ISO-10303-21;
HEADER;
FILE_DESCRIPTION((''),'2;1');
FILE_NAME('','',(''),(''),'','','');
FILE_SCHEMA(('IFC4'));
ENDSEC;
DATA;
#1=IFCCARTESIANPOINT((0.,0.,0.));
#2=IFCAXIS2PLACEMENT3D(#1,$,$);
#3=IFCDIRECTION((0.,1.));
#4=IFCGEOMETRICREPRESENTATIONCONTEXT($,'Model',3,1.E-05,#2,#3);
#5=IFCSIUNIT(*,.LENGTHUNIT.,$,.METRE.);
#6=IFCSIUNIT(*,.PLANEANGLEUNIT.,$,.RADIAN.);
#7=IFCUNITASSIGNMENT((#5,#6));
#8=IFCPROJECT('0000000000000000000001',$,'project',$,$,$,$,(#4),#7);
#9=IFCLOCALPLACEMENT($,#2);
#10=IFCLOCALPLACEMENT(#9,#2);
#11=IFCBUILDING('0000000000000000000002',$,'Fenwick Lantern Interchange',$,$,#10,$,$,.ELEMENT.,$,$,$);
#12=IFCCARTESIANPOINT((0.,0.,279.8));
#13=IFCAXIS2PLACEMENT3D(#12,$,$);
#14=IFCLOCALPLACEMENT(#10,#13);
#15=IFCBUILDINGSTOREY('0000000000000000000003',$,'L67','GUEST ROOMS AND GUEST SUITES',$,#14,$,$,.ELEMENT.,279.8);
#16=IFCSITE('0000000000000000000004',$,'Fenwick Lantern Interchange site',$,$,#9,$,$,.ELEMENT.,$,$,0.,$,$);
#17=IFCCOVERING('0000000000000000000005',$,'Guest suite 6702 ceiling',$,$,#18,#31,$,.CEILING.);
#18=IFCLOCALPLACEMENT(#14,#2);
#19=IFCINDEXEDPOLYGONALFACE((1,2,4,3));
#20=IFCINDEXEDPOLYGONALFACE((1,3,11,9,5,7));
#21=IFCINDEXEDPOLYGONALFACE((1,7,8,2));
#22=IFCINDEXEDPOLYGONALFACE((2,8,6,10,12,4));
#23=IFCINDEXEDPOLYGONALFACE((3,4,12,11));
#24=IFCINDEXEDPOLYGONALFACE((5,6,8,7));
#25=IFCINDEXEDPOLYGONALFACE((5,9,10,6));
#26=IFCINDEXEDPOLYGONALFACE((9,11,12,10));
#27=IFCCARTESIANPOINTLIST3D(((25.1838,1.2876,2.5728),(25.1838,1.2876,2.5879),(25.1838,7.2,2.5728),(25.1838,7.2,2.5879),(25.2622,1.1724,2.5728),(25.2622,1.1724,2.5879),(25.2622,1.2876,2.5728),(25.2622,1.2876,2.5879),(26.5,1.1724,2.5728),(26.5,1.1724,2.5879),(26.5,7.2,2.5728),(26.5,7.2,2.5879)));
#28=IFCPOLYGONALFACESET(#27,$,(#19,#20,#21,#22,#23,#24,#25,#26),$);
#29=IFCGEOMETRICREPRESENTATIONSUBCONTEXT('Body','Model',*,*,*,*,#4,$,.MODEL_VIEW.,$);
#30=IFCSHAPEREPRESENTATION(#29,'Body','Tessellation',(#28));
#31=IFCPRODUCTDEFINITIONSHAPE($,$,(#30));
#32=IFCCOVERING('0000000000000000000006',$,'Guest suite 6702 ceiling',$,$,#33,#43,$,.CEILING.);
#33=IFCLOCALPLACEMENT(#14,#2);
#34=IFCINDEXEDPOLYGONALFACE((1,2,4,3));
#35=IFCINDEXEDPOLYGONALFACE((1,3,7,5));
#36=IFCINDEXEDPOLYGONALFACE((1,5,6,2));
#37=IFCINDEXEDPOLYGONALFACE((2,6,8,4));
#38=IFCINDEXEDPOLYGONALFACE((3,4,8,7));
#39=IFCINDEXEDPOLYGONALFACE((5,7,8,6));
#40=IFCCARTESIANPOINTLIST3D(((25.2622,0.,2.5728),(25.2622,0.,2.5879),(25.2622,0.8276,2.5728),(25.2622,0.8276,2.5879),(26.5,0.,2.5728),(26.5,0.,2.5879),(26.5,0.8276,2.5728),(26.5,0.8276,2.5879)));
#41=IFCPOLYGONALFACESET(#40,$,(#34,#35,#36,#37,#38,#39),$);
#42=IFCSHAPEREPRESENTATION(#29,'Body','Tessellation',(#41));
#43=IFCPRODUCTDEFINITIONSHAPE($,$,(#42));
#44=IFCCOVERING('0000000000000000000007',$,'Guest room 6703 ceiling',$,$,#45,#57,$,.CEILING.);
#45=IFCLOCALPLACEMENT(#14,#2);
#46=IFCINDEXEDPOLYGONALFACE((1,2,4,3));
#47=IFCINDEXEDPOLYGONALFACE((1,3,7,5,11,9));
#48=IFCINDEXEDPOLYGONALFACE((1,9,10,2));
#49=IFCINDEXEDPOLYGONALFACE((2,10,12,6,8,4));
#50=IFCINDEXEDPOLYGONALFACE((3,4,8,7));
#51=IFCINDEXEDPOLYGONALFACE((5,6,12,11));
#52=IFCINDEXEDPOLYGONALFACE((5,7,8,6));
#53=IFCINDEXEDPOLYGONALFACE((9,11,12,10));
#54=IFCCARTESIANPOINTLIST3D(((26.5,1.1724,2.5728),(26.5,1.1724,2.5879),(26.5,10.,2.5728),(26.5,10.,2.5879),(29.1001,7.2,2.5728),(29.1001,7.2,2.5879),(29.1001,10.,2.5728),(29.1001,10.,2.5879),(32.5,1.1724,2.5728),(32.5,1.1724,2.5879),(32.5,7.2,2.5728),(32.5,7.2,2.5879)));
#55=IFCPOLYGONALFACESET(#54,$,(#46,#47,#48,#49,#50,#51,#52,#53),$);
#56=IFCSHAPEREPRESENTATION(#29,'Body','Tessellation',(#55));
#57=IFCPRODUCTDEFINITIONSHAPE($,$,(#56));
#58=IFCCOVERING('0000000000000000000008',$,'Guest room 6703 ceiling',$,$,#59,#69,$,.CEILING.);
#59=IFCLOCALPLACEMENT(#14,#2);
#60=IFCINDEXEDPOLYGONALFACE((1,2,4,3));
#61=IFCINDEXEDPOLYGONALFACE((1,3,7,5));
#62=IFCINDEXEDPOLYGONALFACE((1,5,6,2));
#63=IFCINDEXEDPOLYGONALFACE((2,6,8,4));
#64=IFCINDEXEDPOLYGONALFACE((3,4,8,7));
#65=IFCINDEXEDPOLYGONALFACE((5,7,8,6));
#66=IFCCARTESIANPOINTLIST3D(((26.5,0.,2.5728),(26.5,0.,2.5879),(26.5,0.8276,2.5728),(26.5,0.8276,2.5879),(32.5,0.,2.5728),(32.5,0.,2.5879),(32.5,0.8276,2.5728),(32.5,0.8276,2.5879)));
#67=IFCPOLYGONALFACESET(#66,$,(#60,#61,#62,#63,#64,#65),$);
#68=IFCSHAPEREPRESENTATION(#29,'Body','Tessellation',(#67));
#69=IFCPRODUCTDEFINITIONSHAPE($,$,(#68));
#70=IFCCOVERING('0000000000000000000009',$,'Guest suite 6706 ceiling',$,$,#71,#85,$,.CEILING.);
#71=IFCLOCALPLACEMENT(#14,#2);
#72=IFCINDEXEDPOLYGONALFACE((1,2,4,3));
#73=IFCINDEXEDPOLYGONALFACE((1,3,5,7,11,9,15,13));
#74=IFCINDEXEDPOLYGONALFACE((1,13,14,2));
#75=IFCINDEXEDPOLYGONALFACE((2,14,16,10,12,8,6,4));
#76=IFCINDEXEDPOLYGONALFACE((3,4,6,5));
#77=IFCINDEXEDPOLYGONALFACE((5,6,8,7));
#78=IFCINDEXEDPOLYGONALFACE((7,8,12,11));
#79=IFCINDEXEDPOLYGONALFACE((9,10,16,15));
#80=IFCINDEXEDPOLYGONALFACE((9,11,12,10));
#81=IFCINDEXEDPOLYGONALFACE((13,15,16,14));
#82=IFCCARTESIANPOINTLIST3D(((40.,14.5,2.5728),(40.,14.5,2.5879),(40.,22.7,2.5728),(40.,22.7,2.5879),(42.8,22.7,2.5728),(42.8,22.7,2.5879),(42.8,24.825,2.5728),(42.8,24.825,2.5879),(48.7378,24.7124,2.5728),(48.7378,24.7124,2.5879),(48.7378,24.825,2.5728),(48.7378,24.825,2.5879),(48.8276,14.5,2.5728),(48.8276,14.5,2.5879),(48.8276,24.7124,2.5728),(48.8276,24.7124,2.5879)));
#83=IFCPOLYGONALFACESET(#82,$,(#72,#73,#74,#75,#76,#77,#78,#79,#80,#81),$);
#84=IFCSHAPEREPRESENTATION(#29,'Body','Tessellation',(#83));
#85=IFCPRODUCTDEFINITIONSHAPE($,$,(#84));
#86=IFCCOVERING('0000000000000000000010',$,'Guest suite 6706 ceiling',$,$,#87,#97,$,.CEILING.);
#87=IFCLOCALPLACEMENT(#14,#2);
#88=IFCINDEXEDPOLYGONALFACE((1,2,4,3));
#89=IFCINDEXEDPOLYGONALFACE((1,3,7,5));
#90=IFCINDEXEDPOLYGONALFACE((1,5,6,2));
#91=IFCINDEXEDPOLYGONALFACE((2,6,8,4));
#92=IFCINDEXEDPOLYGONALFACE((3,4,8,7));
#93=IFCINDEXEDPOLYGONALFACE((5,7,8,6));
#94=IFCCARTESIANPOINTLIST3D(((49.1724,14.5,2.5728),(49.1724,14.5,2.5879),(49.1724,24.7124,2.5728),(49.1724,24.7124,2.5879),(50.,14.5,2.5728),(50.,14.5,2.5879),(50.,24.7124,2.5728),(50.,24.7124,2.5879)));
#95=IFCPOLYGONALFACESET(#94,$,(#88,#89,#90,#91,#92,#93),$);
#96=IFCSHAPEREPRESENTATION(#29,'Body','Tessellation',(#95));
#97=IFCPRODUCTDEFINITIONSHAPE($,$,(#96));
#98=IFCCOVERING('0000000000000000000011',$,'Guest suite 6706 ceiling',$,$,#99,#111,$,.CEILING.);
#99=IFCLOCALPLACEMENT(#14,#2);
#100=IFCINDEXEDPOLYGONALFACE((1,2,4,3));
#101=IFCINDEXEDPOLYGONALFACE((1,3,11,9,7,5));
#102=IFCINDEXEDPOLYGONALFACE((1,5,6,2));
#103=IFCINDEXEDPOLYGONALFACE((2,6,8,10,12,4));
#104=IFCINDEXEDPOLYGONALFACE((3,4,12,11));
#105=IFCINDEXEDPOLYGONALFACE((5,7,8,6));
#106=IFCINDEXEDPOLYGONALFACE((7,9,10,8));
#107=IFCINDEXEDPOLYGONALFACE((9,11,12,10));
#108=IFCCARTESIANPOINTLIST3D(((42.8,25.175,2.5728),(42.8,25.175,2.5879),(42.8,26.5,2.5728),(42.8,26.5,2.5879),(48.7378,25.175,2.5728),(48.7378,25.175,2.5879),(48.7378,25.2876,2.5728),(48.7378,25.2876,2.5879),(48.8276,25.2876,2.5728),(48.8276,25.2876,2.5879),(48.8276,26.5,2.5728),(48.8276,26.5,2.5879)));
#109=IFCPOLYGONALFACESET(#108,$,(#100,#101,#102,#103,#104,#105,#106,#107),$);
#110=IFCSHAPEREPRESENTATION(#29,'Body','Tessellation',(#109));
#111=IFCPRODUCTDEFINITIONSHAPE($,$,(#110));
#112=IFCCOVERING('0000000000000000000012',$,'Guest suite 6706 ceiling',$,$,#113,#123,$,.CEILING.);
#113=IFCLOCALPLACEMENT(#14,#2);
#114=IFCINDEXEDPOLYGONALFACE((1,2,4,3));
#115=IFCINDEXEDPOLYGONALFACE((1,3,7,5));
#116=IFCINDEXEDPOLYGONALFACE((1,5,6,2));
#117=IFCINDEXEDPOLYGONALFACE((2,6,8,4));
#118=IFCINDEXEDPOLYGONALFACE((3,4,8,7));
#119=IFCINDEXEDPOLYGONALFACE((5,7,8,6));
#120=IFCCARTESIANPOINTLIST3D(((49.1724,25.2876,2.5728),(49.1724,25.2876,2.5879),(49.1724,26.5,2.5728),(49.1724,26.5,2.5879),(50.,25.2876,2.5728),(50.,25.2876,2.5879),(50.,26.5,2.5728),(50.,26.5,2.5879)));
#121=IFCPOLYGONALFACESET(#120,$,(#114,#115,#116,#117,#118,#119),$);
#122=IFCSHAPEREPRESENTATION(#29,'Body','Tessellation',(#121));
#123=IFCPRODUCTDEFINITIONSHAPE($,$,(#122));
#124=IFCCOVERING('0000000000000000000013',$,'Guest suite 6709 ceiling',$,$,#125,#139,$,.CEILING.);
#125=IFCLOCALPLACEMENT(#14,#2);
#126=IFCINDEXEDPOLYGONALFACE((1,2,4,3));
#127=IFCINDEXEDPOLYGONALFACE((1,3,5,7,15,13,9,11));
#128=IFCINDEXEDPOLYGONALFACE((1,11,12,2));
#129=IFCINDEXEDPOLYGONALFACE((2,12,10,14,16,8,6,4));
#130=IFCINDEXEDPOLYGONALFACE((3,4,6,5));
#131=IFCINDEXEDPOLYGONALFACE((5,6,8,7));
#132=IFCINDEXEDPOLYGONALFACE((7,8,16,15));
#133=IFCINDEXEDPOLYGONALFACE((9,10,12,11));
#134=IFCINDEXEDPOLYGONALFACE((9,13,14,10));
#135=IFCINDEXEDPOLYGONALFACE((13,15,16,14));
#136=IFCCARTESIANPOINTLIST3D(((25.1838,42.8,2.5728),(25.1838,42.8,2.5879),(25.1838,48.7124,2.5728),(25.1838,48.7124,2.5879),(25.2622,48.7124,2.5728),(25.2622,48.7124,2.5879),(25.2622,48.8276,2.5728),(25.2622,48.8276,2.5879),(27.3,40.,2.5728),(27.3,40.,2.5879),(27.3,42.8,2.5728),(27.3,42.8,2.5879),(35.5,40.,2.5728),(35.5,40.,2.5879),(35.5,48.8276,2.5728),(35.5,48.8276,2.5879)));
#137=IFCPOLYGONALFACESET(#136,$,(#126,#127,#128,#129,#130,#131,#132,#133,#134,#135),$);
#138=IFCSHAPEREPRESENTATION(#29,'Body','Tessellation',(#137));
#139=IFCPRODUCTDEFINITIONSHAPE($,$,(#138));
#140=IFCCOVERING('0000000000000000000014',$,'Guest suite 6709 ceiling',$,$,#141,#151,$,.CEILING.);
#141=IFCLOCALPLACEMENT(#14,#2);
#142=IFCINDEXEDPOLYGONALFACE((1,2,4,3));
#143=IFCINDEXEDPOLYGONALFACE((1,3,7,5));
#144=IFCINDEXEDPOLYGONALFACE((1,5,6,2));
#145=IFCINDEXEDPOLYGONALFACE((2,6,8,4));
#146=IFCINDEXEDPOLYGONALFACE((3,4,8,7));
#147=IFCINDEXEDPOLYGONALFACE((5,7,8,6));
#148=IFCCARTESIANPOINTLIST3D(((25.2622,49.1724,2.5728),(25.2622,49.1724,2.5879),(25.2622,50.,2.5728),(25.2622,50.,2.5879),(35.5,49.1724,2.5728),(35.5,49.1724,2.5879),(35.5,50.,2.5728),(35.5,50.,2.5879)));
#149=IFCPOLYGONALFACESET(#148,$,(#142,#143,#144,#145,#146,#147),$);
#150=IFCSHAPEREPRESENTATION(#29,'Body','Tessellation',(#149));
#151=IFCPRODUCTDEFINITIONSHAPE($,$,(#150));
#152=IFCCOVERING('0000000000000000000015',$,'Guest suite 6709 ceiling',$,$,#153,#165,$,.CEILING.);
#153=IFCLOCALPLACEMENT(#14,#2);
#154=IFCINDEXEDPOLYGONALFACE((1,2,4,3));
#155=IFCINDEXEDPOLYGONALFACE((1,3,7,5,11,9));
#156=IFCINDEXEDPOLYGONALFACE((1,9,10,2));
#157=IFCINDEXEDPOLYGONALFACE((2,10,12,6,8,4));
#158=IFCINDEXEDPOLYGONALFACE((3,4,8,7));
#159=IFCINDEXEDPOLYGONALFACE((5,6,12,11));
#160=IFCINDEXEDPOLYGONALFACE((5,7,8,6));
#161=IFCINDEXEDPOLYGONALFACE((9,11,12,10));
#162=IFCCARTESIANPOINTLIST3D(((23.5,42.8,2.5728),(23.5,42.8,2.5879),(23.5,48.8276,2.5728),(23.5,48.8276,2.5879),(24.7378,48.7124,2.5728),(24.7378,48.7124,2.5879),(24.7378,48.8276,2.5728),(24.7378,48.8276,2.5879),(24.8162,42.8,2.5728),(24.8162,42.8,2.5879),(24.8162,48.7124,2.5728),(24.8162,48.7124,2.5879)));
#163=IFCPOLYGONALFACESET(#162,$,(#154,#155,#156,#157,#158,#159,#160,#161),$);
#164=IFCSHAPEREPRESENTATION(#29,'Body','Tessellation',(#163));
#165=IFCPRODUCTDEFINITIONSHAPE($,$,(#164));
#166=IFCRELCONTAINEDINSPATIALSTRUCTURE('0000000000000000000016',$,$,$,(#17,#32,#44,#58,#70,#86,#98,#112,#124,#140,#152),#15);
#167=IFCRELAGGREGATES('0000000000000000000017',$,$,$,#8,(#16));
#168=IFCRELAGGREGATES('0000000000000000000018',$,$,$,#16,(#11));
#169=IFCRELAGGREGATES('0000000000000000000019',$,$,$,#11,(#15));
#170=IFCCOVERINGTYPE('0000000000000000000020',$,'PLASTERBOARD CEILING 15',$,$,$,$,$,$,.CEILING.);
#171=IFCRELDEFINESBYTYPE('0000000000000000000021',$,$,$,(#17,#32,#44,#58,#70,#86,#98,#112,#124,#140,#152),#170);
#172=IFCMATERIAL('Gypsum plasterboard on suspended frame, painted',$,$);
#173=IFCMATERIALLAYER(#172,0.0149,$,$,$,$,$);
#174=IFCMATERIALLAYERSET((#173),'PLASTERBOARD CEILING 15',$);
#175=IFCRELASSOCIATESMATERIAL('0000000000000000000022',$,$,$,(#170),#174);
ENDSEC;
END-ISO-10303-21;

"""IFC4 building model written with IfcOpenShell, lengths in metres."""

from ifc_helpers import new_model, si_unit, direction, frame, origin, place, context, subcontext, project, spatial, polyline, outline, extrude, material, layer, layer_set, type_object, element, save


model = new_model("IFC4")

# Units and contexts
model_context = context("Model", 3, precision=1e-05, world=origin(), true_north=direction((0.0, 1.0)))
body_context = subcontext(model_context, "Body", "Model", "MODEL_VIEW")
ifc_project = project(units=[si_unit("LENGTHUNIT", "METRE"), si_unit("PLANEANGLEUNIT", "RADIAN")], contexts=[model_context])

# Site, building, storey
site_placement = place(None, origin())
site = spatial("IfcSite", under=ifc_project, at=site_placement, Name="Fenwick Lantern Interchange site", CompositionType="ELEMENT", RefElevation=0.0)
building_placement = place(site_placement, origin())
building = spatial("IfcBuilding", under=site, at=building_placement, Name="Fenwick Lantern Interchange", CompositionType="ELEMENT")
storey_placement = place(building_placement, frame((0.0, 0.0, 279.8)))
storey = spatial("IfcBuildingStorey", under=building, at=storey_placement, Name="L67", Description="GUEST ROOMS AND GUEST SUITES", CompositionType="ELEMENT", Elevation=279.8)

# Coverings
ifc_material_1 = material(Name="Gypsum plasterboard on suspended frame, painted")
ifc_layer_1 = layer(ifc_material_1, 0.0149)
ifc_layer_set_1 = layer_set([ifc_layer_1], Name="PLASTERBOARD CEILING 15")
covering_type_1 = type_object("IfcCoveringType", Name="PLASTERBOARD CEILING 15", PredefinedType="CEILING", material=ifc_layer_set_1)
covering_1_placement = place(storey_placement, frame((0.0, 0.0, 2.5728)))
element("IfcCovering", 1, at=covering_1_placement, inside=storey, type_object=covering_type_1, Name="Guest suite 6702 ceiling", PredefinedType="CEILING", context=body_context, shape_type="SweptSolid", body=[
    extrude(outline(polyline([(25.2622, 1.2876), (25.2622, 1.1724), (26.5, 1.1724), (26.5, 7.2), (25.1838, 7.2), (25.1838, 1.2876), (25.2622, 1.2876)])), origin(), (0.0, 0.0, 1.0), 0.0151),
])
covering_2_placement = place(storey_placement, frame((0.0, 0.0, 2.5728)))
element("IfcCovering", 2, at=covering_2_placement, inside=storey, type_object=covering_type_1, Name="Guest suite 6702 ceiling", PredefinedType="CEILING", context=body_context, shape_type="SweptSolid", body=[
    extrude(outline(polyline([(25.2622, 0.8276), (25.2622, 0.0), (26.5, 0.0), (26.5, 0.8276), (25.2622, 0.8276)])), origin(), (0.0, 0.0, 1.0), 0.0151),
])
covering_3_placement = place(storey_placement, frame((0.0, 0.0, 2.5728)))
element("IfcCovering", 3, at=covering_3_placement, inside=storey, type_object=covering_type_1, Name="Guest room 6703 ceiling", PredefinedType="CEILING", context=body_context, shape_type="SweptSolid", body=[
    extrude(outline(polyline([(26.5, 10.0), (26.5, 1.1724), (32.5, 1.1724), (32.5, 7.2), (29.1001, 7.2), (29.1001, 10.0), (26.5, 10.0)])), origin(), (0.0, 0.0, 1.0), 0.0151),
])
covering_4_placement = place(storey_placement, frame((0.0, 0.0, 2.5728)))
element("IfcCovering", 4, at=covering_4_placement, inside=storey, type_object=covering_type_1, Name="Guest room 6703 ceiling", PredefinedType="CEILING", context=body_context, shape_type="SweptSolid", body=[
    extrude(outline(polyline([(26.5, 0.0), (32.5, 0.0), (32.5, 0.8276), (26.5, 0.8276), (26.5, 0.0)])), origin(), (0.0, 0.0, 1.0), 0.0151),
])
covering_5_placement = place(storey_placement, frame((0.0, 0.0, 2.5728)))
element("IfcCovering", 5, at=covering_5_placement, inside=storey, type_object=covering_type_1, Name="Guest suite 6706 ceiling", PredefinedType="CEILING", context=body_context, shape_type="SweptSolid", body=[
    extrude(outline(polyline([(48.7378, 24.7124), (48.7378, 24.825), (42.8, 24.825), (42.8, 22.7), (40.0, 22.7), (40.0, 14.5), (48.8276, 14.5), (48.8276, 24.7124), (48.7378, 24.7124)])), origin(), (0.0, 0.0, 1.0), 0.0151),
])
covering_6_placement = place(storey_placement, frame((0.0, 0.0, 2.5728)))
element("IfcCovering", 6, at=covering_6_placement, inside=storey, type_object=covering_type_1, Name="Guest suite 6706 ceiling", PredefinedType="CEILING", context=body_context, shape_type="SweptSolid", body=[
    extrude(outline(polyline([(50.0, 24.7124), (49.1724, 24.7124), (49.1724, 14.5), (50.0, 14.5), (50.0, 24.7124)])), origin(), (0.0, 0.0, 1.0), 0.0151),
])
covering_7_placement = place(storey_placement, frame((0.0, 0.0, 2.5728)))
element("IfcCovering", 7, at=covering_7_placement, inside=storey, type_object=covering_type_1, Name="Guest suite 6706 ceiling", PredefinedType="CEILING", context=body_context, shape_type="SweptSolid", body=[
    extrude(outline(polyline([(48.7378, 25.2876), (48.8276, 25.2876), (48.8276, 26.5), (42.8, 26.5), (42.8, 25.175), (48.7378, 25.175), (48.7378, 25.2876)])), origin(), (0.0, 0.0, 1.0), 0.0151),
])
covering_8_placement = place(storey_placement, frame((0.0, 0.0, 2.5728)))
element("IfcCovering", 8, at=covering_8_placement, inside=storey, type_object=covering_type_1, Name="Guest suite 6706 ceiling", PredefinedType="CEILING", context=body_context, shape_type="SweptSolid", body=[
    extrude(outline(polyline([(49.1724, 25.2876), (50.0, 25.2876), (50.0, 26.5), (49.1724, 26.5), (49.1724, 25.2876)])), origin(), (0.0, 0.0, 1.0), 0.0151),
])
covering_9_placement = place(storey_placement, frame((0.0, 0.0, 2.5728)))
element("IfcCovering", 9, at=covering_9_placement, inside=storey, type_object=covering_type_1, Name="Guest suite 6709 ceiling", PredefinedType="CEILING", context=body_context, shape_type="SweptSolid", body=[
    extrude(outline(polyline([(25.2622, 48.7124), (25.1838, 48.7124), (25.1838, 42.8), (27.3, 42.8), (27.3, 40.0), (35.5, 40.0), (35.5, 48.8276), (25.2622, 48.8276), (25.2622, 48.7124)])), origin(), (0.0, 0.0, 1.0), 0.0151),
])
covering_10_placement = place(storey_placement, frame((0.0, 0.0, 2.5728)))
element("IfcCovering", 10, at=covering_10_placement, inside=storey, type_object=covering_type_1, Name="Guest suite 6709 ceiling", PredefinedType="CEILING", context=body_context, shape_type="SweptSolid", body=[
    extrude(outline(polyline([(25.2622, 50.0), (25.2622, 49.1724), (35.5, 49.1724), (35.5, 50.0), (25.2622, 50.0)])), origin(), (0.0, 0.0, 1.0), 0.0151),
])
covering_11_placement = place(storey_placement, frame((0.0, 0.0, 2.5728)))
element("IfcCovering", 11, at=covering_11_placement, inside=storey, type_object=covering_type_1, Name="Guest suite 6709 ceiling", PredefinedType="CEILING", context=body_context, shape_type="SweptSolid", body=[
    extrude(outline(polyline([(24.7378, 48.7124), (24.7378, 48.8276), (23.5, 48.8276), (23.5, 42.8), (24.8162, 42.8), (24.8162, 48.7124), (24.7378, 48.7124)])), origin(), (0.0, 0.0, 1.0), 0.0151),
])

save(model, "model.ifc")
